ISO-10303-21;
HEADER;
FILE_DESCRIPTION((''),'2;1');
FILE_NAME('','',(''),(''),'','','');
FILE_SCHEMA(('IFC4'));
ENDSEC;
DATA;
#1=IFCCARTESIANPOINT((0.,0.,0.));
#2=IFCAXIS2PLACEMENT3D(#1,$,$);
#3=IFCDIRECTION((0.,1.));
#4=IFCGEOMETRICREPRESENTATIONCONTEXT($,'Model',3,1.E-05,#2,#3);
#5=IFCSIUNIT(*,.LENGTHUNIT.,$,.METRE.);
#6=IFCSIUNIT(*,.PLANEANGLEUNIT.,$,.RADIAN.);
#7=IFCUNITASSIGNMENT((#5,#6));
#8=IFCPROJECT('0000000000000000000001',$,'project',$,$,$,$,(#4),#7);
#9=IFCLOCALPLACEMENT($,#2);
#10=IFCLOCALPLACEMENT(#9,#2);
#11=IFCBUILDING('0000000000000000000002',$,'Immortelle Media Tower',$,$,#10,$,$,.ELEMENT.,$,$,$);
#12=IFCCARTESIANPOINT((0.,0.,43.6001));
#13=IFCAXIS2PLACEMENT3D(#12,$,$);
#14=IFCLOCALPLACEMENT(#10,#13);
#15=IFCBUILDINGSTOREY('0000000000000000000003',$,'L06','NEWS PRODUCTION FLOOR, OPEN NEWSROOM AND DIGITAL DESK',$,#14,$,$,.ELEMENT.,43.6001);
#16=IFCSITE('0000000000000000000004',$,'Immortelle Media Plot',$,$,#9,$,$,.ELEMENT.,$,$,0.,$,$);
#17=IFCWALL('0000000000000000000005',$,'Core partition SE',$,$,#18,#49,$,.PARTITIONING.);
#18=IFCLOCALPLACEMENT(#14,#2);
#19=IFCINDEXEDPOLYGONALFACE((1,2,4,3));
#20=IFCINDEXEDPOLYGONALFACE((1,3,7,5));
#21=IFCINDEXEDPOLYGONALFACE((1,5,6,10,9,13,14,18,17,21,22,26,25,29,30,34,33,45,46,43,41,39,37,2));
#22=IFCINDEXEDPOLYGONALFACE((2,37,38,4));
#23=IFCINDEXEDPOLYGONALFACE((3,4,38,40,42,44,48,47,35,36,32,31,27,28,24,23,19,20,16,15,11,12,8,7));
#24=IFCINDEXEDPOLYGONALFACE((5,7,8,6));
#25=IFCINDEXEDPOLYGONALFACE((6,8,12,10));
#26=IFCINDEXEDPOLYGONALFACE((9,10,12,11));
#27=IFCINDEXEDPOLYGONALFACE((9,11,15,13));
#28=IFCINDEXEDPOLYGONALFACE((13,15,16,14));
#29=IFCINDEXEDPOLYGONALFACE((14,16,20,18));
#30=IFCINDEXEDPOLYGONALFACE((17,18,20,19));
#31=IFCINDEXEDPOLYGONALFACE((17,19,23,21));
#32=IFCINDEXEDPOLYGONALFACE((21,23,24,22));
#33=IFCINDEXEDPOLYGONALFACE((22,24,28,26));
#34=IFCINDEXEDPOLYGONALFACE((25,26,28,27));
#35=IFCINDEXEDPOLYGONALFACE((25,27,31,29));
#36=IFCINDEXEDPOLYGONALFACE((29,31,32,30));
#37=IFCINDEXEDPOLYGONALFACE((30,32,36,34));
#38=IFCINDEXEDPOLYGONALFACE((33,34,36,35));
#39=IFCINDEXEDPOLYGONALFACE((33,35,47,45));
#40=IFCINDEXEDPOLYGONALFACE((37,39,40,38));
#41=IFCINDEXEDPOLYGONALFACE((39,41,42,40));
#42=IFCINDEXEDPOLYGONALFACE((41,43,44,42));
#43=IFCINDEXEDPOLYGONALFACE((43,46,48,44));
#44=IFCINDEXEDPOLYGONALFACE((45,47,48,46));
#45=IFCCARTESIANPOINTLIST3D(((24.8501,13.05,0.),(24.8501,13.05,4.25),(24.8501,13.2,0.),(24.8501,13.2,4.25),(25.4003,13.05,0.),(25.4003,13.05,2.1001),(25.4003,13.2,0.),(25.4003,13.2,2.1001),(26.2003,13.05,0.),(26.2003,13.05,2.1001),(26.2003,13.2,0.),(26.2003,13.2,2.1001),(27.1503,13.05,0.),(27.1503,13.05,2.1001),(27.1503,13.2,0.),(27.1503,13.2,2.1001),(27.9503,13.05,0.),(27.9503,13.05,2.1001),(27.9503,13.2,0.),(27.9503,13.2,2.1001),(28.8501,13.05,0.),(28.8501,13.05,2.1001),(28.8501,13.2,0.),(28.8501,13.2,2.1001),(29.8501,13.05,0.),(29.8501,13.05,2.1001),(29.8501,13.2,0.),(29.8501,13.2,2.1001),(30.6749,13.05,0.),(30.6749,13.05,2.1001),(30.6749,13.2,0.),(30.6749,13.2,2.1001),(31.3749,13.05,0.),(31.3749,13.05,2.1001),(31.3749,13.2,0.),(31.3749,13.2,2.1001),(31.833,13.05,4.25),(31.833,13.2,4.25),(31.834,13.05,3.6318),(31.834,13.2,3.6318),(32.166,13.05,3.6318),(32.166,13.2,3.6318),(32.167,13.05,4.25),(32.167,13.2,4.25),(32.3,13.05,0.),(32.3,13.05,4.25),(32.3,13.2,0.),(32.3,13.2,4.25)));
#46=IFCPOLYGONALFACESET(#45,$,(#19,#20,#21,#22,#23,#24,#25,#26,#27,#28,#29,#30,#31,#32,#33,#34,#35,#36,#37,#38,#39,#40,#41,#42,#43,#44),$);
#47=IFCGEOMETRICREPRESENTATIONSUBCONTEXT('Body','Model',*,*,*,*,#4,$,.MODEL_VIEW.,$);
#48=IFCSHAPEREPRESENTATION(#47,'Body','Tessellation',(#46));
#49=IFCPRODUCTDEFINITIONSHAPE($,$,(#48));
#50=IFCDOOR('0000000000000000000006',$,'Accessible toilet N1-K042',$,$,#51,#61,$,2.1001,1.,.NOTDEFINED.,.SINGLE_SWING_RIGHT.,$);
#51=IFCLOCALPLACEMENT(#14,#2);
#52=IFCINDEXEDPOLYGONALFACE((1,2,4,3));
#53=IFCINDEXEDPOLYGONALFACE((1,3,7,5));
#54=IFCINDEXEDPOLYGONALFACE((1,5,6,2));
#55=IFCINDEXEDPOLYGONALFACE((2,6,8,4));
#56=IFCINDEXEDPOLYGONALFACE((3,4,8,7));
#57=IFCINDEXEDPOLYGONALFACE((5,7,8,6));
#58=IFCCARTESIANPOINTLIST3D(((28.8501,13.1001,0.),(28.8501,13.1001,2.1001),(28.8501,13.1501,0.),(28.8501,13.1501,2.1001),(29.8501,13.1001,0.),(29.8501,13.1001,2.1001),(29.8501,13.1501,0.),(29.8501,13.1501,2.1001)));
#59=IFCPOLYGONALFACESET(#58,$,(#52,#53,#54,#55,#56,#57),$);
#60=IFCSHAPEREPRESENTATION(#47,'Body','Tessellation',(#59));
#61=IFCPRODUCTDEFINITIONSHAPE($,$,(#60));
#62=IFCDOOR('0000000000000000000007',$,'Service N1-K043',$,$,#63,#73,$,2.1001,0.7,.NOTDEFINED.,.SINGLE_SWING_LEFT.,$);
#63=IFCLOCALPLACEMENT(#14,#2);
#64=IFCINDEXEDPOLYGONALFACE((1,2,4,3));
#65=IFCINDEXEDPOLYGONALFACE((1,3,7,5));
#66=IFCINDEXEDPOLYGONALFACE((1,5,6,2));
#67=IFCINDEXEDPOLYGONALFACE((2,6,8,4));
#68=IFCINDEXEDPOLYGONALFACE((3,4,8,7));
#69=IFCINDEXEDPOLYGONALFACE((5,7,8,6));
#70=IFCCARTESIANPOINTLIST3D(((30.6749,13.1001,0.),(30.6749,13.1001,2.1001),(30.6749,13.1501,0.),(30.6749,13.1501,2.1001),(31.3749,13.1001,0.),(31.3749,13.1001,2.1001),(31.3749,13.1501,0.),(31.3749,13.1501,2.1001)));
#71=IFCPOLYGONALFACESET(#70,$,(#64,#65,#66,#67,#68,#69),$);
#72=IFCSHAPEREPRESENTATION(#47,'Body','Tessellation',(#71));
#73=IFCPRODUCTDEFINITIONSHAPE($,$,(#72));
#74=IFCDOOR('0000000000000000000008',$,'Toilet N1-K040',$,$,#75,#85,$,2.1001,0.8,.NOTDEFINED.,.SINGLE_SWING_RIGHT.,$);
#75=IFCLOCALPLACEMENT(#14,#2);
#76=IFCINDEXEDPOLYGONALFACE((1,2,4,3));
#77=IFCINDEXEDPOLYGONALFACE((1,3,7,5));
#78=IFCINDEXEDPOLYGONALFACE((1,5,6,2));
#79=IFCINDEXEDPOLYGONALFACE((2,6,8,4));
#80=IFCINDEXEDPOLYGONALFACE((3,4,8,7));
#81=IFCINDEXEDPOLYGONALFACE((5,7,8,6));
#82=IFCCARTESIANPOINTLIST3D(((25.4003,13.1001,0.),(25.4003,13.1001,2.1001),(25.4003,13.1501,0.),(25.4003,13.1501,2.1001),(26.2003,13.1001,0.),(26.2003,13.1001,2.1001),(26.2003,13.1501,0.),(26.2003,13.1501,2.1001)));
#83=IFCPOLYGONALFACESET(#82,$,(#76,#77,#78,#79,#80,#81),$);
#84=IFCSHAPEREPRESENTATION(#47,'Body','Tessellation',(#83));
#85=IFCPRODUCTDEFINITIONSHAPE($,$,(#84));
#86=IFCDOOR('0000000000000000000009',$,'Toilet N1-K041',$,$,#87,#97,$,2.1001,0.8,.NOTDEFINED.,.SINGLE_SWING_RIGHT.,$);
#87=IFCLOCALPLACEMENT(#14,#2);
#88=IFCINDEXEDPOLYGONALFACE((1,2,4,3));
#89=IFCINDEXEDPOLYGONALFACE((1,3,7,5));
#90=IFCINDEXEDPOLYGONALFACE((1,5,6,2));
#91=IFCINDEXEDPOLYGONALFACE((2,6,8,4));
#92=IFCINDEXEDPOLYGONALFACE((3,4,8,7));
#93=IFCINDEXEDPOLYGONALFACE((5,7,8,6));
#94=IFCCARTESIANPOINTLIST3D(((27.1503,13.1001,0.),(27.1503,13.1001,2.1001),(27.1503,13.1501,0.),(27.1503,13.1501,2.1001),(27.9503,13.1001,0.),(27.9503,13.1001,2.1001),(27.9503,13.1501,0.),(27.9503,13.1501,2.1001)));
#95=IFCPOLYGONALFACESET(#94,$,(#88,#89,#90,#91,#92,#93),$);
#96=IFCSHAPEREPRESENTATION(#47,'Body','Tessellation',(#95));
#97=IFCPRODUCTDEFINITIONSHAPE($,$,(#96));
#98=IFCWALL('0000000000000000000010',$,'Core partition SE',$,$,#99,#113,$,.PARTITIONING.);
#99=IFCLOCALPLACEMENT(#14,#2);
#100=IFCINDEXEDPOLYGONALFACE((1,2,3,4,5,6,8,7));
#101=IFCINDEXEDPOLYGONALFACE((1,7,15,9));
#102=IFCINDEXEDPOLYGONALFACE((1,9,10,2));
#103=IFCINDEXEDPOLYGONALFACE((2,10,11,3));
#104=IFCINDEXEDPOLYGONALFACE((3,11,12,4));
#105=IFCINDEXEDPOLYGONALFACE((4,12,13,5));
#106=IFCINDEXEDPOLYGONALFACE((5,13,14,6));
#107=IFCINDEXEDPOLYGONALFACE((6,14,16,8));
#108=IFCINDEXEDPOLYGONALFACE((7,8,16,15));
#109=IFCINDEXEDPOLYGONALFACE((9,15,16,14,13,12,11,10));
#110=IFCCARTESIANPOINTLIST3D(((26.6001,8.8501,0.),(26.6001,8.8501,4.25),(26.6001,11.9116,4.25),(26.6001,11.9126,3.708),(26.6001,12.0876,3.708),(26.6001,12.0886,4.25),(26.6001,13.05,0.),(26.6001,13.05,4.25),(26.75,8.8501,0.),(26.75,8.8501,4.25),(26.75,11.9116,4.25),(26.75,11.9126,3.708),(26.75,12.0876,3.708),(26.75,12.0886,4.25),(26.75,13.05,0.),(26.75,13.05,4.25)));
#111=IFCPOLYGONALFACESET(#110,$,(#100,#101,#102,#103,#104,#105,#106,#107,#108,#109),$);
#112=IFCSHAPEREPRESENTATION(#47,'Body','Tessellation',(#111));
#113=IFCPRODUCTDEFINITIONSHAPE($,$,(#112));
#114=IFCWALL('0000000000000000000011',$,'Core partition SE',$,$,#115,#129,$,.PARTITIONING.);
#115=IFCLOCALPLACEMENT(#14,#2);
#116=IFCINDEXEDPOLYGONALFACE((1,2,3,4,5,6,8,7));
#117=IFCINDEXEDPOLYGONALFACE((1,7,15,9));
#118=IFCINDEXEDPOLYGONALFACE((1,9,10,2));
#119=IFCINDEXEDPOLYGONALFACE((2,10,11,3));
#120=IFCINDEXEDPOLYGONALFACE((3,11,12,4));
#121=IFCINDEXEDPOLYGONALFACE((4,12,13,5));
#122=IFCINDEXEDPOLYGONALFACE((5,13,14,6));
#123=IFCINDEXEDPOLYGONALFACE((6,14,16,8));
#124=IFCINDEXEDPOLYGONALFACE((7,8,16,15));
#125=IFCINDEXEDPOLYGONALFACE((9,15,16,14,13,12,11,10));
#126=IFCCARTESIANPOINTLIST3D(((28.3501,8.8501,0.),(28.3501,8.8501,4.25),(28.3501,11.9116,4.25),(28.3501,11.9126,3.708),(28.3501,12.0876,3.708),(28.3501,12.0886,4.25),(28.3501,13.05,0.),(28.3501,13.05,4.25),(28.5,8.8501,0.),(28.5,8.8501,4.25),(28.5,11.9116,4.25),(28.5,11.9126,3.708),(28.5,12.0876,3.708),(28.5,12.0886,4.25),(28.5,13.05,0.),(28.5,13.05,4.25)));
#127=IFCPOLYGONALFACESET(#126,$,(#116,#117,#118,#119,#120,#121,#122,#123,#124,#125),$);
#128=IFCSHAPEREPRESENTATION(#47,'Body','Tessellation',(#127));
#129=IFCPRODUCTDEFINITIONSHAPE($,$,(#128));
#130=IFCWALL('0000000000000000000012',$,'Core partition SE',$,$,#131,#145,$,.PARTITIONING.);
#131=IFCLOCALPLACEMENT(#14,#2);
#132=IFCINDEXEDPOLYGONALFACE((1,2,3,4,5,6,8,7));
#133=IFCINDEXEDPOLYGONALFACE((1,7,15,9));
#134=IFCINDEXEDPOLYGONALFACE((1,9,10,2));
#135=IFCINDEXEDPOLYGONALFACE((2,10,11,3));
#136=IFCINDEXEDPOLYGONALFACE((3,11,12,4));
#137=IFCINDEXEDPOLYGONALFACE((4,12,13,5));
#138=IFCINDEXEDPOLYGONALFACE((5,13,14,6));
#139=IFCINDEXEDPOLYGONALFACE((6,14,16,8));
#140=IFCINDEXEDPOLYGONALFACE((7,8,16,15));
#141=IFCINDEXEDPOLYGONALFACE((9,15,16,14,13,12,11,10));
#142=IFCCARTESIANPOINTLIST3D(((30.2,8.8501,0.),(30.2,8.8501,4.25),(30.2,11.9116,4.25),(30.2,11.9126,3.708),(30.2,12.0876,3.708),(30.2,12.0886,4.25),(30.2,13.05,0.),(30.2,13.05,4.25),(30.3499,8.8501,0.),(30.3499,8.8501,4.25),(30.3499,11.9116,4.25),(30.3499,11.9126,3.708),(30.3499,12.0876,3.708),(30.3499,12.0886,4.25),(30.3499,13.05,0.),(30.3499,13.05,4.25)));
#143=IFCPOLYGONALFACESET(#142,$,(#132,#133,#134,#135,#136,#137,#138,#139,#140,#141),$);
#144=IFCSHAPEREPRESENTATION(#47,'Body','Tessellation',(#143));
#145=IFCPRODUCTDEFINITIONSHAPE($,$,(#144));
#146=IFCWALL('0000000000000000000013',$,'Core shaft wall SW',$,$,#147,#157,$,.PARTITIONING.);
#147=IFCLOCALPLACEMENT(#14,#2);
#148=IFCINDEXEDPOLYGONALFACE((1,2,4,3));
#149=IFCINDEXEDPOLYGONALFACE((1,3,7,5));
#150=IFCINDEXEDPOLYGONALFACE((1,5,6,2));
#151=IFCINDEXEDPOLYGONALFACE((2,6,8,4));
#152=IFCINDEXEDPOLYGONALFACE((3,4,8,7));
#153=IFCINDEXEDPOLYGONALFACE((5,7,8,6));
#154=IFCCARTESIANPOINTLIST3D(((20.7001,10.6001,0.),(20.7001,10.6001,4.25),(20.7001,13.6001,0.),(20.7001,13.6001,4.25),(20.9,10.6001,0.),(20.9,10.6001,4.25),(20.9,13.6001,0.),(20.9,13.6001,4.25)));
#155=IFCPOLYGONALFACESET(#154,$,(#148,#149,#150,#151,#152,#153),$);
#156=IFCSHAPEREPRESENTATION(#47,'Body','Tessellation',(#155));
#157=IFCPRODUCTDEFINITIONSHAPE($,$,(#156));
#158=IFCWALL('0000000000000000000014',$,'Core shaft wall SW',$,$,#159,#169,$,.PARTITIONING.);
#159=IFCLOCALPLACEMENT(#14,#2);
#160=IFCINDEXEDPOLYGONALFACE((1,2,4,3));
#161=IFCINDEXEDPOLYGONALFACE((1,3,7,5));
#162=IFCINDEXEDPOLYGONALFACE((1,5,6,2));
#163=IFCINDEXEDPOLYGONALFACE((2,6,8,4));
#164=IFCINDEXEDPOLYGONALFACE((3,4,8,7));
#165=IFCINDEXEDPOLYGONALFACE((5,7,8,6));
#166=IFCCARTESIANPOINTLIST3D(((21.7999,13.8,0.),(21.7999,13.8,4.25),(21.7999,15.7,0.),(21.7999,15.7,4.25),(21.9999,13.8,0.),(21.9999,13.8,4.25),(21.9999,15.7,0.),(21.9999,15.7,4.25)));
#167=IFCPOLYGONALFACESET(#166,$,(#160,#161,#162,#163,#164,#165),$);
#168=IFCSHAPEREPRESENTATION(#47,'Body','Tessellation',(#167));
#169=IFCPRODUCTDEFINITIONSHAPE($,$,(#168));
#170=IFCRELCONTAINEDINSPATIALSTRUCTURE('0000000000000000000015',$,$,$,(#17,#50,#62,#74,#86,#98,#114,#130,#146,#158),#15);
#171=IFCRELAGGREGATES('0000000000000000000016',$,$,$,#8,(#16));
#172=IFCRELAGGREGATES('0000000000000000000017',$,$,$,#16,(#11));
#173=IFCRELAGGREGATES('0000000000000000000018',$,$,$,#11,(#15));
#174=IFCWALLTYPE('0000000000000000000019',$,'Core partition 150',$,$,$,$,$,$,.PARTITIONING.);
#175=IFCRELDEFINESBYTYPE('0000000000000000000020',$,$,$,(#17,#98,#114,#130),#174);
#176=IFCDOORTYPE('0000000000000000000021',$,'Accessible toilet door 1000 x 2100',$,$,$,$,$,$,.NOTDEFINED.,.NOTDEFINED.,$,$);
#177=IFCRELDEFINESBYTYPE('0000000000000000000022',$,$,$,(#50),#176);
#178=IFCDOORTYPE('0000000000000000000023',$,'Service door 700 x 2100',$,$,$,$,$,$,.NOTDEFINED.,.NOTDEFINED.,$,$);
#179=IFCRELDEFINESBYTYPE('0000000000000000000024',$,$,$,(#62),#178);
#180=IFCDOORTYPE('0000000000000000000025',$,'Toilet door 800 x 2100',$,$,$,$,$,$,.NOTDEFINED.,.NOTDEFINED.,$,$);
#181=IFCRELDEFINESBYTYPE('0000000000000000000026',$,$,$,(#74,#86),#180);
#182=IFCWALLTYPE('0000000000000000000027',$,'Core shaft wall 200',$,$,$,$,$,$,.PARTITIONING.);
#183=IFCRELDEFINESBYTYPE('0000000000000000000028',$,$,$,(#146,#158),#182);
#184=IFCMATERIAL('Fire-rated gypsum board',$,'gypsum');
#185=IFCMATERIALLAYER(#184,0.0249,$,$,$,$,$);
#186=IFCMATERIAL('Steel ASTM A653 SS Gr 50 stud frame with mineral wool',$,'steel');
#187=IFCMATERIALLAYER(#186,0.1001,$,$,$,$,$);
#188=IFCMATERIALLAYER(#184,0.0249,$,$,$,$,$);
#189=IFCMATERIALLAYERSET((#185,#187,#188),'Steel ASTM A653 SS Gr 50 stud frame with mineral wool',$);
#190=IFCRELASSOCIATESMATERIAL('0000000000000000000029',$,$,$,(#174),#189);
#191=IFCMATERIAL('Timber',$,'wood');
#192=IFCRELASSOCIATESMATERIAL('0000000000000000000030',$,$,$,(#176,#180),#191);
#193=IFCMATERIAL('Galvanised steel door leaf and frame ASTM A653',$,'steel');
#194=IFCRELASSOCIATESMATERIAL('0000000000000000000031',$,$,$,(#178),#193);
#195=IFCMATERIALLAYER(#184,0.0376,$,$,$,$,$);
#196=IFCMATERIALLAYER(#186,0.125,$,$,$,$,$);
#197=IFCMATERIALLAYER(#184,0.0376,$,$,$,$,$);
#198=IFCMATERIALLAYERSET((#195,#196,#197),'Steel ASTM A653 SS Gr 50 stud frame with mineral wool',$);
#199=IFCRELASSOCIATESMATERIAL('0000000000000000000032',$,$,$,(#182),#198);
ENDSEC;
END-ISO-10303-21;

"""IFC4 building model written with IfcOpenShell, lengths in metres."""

from ifc_helpers import new_model, si_unit, direction, frame, frame_2d, origin, place, context, subcontext, project, spatial, polyline, rectangle, outline, extrude, material, layer, layer_set, type_object, element, fill, save


model = new_model("IFC4")

# Units and contexts
model_context = context("Model", 3, precision=1e-05, world=origin(), true_north=direction((0.0, 1.0)))
body_context = subcontext(model_context, "Body", "Model", "MODEL_VIEW")
ifc_project = project(units=[si_unit("LENGTHUNIT", "METRE"), si_unit("PLANEANGLEUNIT", "RADIAN")], contexts=[model_context])

# Site, building, storey
site_placement = place(None, origin())
site = spatial("IfcSite", under=ifc_project, at=site_placement, Name="Immortelle Media Plot", CompositionType="ELEMENT", RefElevation=0.0)
building_placement = place(site_placement, origin())
building = spatial("IfcBuilding", under=site, at=building_placement, Name="Immortelle Media Tower", CompositionType="ELEMENT")
storey_placement = place(building_placement, frame((0.0, 0.0, 43.6001)))
storey = spatial("IfcBuildingStorey", under=building, at=storey_placement, Name="L06", Description="NEWS PRODUCTION FLOOR, OPEN NEWSROOM AND DIGITAL DESK", CompositionType="ELEMENT", Elevation=43.6001)

# Wall, openings, doors
ifc_material_1 = material(Name="Fire-rated gypsum board", Category="gypsum")
ifc_layer_1 = layer(ifc_material_1, 0.0249)
ifc_material_2 = material(Name="Steel ASTM A653 SS Gr 50 stud frame with mineral wool", Category="steel")
ifc_layer_2 = layer(ifc_material_2, 0.1001)
ifc_layer_3 = layer(ifc_material_1, 0.0249)
ifc_layer_set_1 = layer_set([ifc_layer_1, ifc_layer_2, ifc_layer_3], Name="Steel ASTM A653 SS Gr 50 stud frame with mineral wool")
wall_type_1 = type_object("IfcWallType", Name="Core partition 150", PredefinedType="PARTITIONING", material=ifc_layer_set_1)
wall_1_placement = place(storey_placement, frame((24.8501, 13.125, 0.0), z_axis=(0.0, 0.0, 1.0), x_axis=(1.0, 0.0, 0.0)))
wall_1 = element("IfcWall", 1, at=wall_1_placement, inside=storey, type_object=wall_type_1, Name="Core partition SE", PredefinedType="PARTITIONING", context=body_context, shape_type="SweptSolid", body=[
    extrude(outline(polyline([(0.0, 0.0), (7.45, 0.0), (7.45, 4.25), (7.3169, 4.25), (7.3159, 3.6318), (6.9839, 3.6318), (6.9829, 4.25), (0.0, 4.25), (0.0, 0.0)])), frame((0.0, 0.075, 0.0), z_axis=(0.0, -1.0, 0.0), x_axis=(1.0, 0.0, 0.0)), (0.0, 0.0, 1.0), 0.1499),
])
opening_1_placement = place(wall_1_placement, frame((1.3501, 0.0, 0.0), z_axis=(0.0, 0.0, 1.0), x_axis=(-1.0, 0.0, 0.0)))
opening_1 = element("IfcOpeningElement", 2, at=opening_1_placement, cuts=wall_1, PredefinedType="OPENING", context=body_context, shape_type="SweptSolid", body=[
    extrude(rectangle(XDim=0.8, YDim=2.1001, at=frame_2d((0.3999, 1.05))), frame((0.0, 0.085, 0.0), z_axis=(0.0, -1.0, 0.0), x_axis=(1.0, 0.0, 0.0)), (0.0, 0.0, 1.0), 0.1699),
])
opening_2_placement = place(wall_1_placement, frame((3.1001, 0.0, 0.0), z_axis=(0.0, 0.0, 1.0), x_axis=(-1.0, 0.0, 0.0)))
opening_2 = element("IfcOpeningElement", 3, at=opening_2_placement, cuts=wall_1, PredefinedType="OPENING", context=body_context, shape_type="SweptSolid", body=[
    extrude(rectangle(XDim=0.8, YDim=2.1001, at=frame_2d((0.3999, 1.05))), frame((0.0, 0.085, 0.0), z_axis=(0.0, -1.0, 0.0), x_axis=(1.0, 0.0, 0.0)), (0.0, 0.0, 1.0), 0.1699),
])
opening_3_placement = place(wall_1_placement, frame((5.0, 0.0, 0.0), z_axis=(0.0, 0.0, 1.0), x_axis=(-1.0, 0.0, 0.0)))
opening_3 = element("IfcOpeningElement", 4, at=opening_3_placement, cuts=wall_1, PredefinedType="OPENING", context=body_context, shape_type="SweptSolid", body=[
    extrude(rectangle(XDim=1.0, YDim=2.1001, at=frame_2d((0.5, 1.05))), frame((0.0, 0.085, 0.0), z_axis=(0.0, -1.0, 0.0), x_axis=(1.0, 0.0, 0.0)), (0.0, 0.0, 1.0), 0.1699),
])
opening_4_placement = place(wall_1_placement, frame((6.5249, 0.0, 0.0), z_axis=(0.0, 0.0, 1.0), x_axis=(-1.0, 0.0, 0.0)))
opening_4 = element("IfcOpeningElement", 5, at=opening_4_placement, cuts=wall_1, PredefinedType="OPENING", context=body_context, shape_type="SweptSolid", body=[
    extrude(rectangle(XDim=0.7, YDim=2.1001, at=frame_2d((0.3501, 1.05))), frame((0.0, 0.085, 0.0), z_axis=(0.0, -1.0, 0.0), x_axis=(1.0, 0.0, 0.0)), (0.0, 0.0, 1.0), 0.1699),
])
ifc_material_3 = material(Name="Timber", Category="wood")
door_type_1 = type_object("IfcDoorType", Name="Accessible toilet door 1000 x 2100", OperationType="NOTDEFINED", PredefinedType="NOTDEFINED", material=ifc_material_3)
door_1_placement = place(opening_3_placement, origin())
door_1 = element("IfcDoor", 6, at=door_1_placement, inside=storey, type_object=door_type_1, Name="Accessible toilet N1-K042", OperationType="SINGLE_SWING_RIGHT", OverallHeight=2.1001, OverallWidth=1.0, PredefinedType="NOTDEFINED", context=body_context, shape_type="SweptSolid", body=[
    extrude(rectangle(XDim=1.0, YDim=2.1001, at=frame_2d((0.5, 1.05))), frame((0.0, 0.0249, 0.0), z_axis=(0.0, -1.0, 0.0), x_axis=(1.0, 0.0, 0.0)), (0.0, 0.0, 1.0), 0.05),
])
fill(opening_3, door_1)
ifc_material_4 = material(Name="Galvanised steel door leaf and frame ASTM A653", Category="steel")
door_type_2 = type_object("IfcDoorType", Name="Service door 700 x 2100", OperationType="NOTDEFINED", PredefinedType="NOTDEFINED", material=ifc_material_4)
door_2_placement = place(opening_4_placement, origin())
door_2 = element("IfcDoor", 7, at=door_2_placement, inside=storey, type_object=door_type_2, Name="Service N1-K043", OperationType="SINGLE_SWING_LEFT", OverallHeight=2.1001, OverallWidth=0.7, PredefinedType="NOTDEFINED", context=body_context, shape_type="SweptSolid", body=[
    extrude(rectangle(XDim=0.7, YDim=2.1001, at=frame_2d((0.3501, 1.05))), frame((0.0, 0.0249, 0.0), z_axis=(0.0, -1.0, 0.0), x_axis=(1.0, 0.0, 0.0)), (0.0, 0.0, 1.0), 0.05),
])
fill(opening_4, door_2)
door_type_3 = type_object("IfcDoorType", Name="Toilet door 800 x 2100", OperationType="NOTDEFINED", PredefinedType="NOTDEFINED", material=ifc_material_3)
door_3_placement = place(opening_1_placement, origin())
door_3 = element("IfcDoor", 8, at=door_3_placement, inside=storey, type_object=door_type_3, Name="Toilet N1-K040", OperationType="SINGLE_SWING_RIGHT", OverallHeight=2.1001, OverallWidth=0.8, PredefinedType="NOTDEFINED", context=body_context, shape_type="SweptSolid", body=[
    extrude(rectangle(XDim=0.8, YDim=2.1001, at=frame_2d((0.3999, 1.05))), frame((0.0, 0.0249, 0.0), z_axis=(0.0, -1.0, 0.0), x_axis=(1.0, 0.0, 0.0)), (0.0, 0.0, 1.0), 0.05),
])
fill(opening_1, door_3)
door_4_placement = place(opening_2_placement, origin())
door_4 = element("IfcDoor", 9, at=door_4_placement, inside=storey, type_object=door_type_3, Name="Toilet N1-K041", OperationType="SINGLE_SWING_RIGHT", OverallHeight=2.1001, OverallWidth=0.8, PredefinedType="NOTDEFINED", context=body_context, shape_type="SweptSolid", body=[
    extrude(rectangle(XDim=0.8, YDim=2.1001, at=frame_2d((0.3999, 1.05))), frame((0.0, 0.0249, 0.0), z_axis=(0.0, -1.0, 0.0), x_axis=(1.0, 0.0, 0.0)), (0.0, 0.0, 1.0), 0.05),
])
fill(opening_2, door_4)

# Walls
for number, where, z_axis, x_axis, name in (
    (10, (26.675, 8.8501, 0.0), (0.0, 0.0, 1.0), (0.0, 1.0, 0.0), "Core partition SE"),
    (11, (28.425, 8.8501, 0.0), (0.0, 0.0, 1.0), (0.0, 1.0, 0.0), "Core partition SE"),
    (12, (30.2749, 8.8501, 0.0), (0.0, 0.0, 1.0), (0.0, 1.0, 0.0), "Core partition SE"),
):
    element("IfcWall", number, at=place(storey_placement, frame(where, z_axis=z_axis, x_axis=x_axis)), inside=storey, type_object=wall_type_1, Name=name, PredefinedType="PARTITIONING", context=body_context, shape_type="SweptSolid", body=[
        extrude(outline(polyline([(0.0, 0.0), (4.2, 0.0), (4.2, 4.25), (3.2385, 4.25), (3.2375, 3.708), (3.0625, 3.708), (3.0615, 4.25), (0.0, 4.25), (0.0, 0.0)])), frame((0.0, 0.075, 0.0), z_axis=(0.0, -1.0, 0.0), x_axis=(1.0, 0.0, 0.0)), (0.0, 0.0, 1.0), 0.1499),
    ])
ifc_layer_4 = layer(ifc_material_1, 0.0376)
ifc_layer_5 = layer(ifc_material_2, 0.125)
ifc_layer_6 = layer(ifc_material_1, 0.0376)
ifc_layer_set_2 = layer_set([ifc_layer_4, ifc_layer_5, ifc_layer_6], Name="Steel ASTM A653 SS Gr 50 stud frame with mineral wool")
wall_type_2 = type_object("IfcWallType", Name="Core shaft wall 200", PredefinedType="PARTITIONING", material=ifc_layer_set_2)
wall_2_placement = place(storey_placement, frame((20.8, 10.6001, 0.0), z_axis=(0.0, 0.0, 1.0), x_axis=(0.0, 1.0, 0.0)))
element("IfcWall", 13, at=wall_2_placement, inside=storey, type_object=wall_type_2, Name="Core shaft wall SW", PredefinedType="PARTITIONING", context=body_context, shape_type="SweptSolid", body=[
    extrude(rectangle(XDim=3.0, YDim=0.2, at=frame_2d((1.5, 0.0))), origin(), (0.0, 0.0, 1.0), 4.25),
])
wall_3_placement = place(storey_placement, frame((21.8999, 13.8, 0.0), z_axis=(0.0, 0.0, 1.0), x_axis=(0.0, 1.0, 0.0)))
element("IfcWall", 14, at=wall_3_placement, inside=storey, type_object=wall_type_2, Name="Core shaft wall SW", PredefinedType="PARTITIONING", context=body_context, shape_type="SweptSolid", body=[
    extrude(rectangle(XDim=1.8999, YDim=0.2, at=frame_2d((0.95, 0.0))), origin(), (0.0, 0.0, 1.0), 4.25),
])

save(model, "model.ifc")
